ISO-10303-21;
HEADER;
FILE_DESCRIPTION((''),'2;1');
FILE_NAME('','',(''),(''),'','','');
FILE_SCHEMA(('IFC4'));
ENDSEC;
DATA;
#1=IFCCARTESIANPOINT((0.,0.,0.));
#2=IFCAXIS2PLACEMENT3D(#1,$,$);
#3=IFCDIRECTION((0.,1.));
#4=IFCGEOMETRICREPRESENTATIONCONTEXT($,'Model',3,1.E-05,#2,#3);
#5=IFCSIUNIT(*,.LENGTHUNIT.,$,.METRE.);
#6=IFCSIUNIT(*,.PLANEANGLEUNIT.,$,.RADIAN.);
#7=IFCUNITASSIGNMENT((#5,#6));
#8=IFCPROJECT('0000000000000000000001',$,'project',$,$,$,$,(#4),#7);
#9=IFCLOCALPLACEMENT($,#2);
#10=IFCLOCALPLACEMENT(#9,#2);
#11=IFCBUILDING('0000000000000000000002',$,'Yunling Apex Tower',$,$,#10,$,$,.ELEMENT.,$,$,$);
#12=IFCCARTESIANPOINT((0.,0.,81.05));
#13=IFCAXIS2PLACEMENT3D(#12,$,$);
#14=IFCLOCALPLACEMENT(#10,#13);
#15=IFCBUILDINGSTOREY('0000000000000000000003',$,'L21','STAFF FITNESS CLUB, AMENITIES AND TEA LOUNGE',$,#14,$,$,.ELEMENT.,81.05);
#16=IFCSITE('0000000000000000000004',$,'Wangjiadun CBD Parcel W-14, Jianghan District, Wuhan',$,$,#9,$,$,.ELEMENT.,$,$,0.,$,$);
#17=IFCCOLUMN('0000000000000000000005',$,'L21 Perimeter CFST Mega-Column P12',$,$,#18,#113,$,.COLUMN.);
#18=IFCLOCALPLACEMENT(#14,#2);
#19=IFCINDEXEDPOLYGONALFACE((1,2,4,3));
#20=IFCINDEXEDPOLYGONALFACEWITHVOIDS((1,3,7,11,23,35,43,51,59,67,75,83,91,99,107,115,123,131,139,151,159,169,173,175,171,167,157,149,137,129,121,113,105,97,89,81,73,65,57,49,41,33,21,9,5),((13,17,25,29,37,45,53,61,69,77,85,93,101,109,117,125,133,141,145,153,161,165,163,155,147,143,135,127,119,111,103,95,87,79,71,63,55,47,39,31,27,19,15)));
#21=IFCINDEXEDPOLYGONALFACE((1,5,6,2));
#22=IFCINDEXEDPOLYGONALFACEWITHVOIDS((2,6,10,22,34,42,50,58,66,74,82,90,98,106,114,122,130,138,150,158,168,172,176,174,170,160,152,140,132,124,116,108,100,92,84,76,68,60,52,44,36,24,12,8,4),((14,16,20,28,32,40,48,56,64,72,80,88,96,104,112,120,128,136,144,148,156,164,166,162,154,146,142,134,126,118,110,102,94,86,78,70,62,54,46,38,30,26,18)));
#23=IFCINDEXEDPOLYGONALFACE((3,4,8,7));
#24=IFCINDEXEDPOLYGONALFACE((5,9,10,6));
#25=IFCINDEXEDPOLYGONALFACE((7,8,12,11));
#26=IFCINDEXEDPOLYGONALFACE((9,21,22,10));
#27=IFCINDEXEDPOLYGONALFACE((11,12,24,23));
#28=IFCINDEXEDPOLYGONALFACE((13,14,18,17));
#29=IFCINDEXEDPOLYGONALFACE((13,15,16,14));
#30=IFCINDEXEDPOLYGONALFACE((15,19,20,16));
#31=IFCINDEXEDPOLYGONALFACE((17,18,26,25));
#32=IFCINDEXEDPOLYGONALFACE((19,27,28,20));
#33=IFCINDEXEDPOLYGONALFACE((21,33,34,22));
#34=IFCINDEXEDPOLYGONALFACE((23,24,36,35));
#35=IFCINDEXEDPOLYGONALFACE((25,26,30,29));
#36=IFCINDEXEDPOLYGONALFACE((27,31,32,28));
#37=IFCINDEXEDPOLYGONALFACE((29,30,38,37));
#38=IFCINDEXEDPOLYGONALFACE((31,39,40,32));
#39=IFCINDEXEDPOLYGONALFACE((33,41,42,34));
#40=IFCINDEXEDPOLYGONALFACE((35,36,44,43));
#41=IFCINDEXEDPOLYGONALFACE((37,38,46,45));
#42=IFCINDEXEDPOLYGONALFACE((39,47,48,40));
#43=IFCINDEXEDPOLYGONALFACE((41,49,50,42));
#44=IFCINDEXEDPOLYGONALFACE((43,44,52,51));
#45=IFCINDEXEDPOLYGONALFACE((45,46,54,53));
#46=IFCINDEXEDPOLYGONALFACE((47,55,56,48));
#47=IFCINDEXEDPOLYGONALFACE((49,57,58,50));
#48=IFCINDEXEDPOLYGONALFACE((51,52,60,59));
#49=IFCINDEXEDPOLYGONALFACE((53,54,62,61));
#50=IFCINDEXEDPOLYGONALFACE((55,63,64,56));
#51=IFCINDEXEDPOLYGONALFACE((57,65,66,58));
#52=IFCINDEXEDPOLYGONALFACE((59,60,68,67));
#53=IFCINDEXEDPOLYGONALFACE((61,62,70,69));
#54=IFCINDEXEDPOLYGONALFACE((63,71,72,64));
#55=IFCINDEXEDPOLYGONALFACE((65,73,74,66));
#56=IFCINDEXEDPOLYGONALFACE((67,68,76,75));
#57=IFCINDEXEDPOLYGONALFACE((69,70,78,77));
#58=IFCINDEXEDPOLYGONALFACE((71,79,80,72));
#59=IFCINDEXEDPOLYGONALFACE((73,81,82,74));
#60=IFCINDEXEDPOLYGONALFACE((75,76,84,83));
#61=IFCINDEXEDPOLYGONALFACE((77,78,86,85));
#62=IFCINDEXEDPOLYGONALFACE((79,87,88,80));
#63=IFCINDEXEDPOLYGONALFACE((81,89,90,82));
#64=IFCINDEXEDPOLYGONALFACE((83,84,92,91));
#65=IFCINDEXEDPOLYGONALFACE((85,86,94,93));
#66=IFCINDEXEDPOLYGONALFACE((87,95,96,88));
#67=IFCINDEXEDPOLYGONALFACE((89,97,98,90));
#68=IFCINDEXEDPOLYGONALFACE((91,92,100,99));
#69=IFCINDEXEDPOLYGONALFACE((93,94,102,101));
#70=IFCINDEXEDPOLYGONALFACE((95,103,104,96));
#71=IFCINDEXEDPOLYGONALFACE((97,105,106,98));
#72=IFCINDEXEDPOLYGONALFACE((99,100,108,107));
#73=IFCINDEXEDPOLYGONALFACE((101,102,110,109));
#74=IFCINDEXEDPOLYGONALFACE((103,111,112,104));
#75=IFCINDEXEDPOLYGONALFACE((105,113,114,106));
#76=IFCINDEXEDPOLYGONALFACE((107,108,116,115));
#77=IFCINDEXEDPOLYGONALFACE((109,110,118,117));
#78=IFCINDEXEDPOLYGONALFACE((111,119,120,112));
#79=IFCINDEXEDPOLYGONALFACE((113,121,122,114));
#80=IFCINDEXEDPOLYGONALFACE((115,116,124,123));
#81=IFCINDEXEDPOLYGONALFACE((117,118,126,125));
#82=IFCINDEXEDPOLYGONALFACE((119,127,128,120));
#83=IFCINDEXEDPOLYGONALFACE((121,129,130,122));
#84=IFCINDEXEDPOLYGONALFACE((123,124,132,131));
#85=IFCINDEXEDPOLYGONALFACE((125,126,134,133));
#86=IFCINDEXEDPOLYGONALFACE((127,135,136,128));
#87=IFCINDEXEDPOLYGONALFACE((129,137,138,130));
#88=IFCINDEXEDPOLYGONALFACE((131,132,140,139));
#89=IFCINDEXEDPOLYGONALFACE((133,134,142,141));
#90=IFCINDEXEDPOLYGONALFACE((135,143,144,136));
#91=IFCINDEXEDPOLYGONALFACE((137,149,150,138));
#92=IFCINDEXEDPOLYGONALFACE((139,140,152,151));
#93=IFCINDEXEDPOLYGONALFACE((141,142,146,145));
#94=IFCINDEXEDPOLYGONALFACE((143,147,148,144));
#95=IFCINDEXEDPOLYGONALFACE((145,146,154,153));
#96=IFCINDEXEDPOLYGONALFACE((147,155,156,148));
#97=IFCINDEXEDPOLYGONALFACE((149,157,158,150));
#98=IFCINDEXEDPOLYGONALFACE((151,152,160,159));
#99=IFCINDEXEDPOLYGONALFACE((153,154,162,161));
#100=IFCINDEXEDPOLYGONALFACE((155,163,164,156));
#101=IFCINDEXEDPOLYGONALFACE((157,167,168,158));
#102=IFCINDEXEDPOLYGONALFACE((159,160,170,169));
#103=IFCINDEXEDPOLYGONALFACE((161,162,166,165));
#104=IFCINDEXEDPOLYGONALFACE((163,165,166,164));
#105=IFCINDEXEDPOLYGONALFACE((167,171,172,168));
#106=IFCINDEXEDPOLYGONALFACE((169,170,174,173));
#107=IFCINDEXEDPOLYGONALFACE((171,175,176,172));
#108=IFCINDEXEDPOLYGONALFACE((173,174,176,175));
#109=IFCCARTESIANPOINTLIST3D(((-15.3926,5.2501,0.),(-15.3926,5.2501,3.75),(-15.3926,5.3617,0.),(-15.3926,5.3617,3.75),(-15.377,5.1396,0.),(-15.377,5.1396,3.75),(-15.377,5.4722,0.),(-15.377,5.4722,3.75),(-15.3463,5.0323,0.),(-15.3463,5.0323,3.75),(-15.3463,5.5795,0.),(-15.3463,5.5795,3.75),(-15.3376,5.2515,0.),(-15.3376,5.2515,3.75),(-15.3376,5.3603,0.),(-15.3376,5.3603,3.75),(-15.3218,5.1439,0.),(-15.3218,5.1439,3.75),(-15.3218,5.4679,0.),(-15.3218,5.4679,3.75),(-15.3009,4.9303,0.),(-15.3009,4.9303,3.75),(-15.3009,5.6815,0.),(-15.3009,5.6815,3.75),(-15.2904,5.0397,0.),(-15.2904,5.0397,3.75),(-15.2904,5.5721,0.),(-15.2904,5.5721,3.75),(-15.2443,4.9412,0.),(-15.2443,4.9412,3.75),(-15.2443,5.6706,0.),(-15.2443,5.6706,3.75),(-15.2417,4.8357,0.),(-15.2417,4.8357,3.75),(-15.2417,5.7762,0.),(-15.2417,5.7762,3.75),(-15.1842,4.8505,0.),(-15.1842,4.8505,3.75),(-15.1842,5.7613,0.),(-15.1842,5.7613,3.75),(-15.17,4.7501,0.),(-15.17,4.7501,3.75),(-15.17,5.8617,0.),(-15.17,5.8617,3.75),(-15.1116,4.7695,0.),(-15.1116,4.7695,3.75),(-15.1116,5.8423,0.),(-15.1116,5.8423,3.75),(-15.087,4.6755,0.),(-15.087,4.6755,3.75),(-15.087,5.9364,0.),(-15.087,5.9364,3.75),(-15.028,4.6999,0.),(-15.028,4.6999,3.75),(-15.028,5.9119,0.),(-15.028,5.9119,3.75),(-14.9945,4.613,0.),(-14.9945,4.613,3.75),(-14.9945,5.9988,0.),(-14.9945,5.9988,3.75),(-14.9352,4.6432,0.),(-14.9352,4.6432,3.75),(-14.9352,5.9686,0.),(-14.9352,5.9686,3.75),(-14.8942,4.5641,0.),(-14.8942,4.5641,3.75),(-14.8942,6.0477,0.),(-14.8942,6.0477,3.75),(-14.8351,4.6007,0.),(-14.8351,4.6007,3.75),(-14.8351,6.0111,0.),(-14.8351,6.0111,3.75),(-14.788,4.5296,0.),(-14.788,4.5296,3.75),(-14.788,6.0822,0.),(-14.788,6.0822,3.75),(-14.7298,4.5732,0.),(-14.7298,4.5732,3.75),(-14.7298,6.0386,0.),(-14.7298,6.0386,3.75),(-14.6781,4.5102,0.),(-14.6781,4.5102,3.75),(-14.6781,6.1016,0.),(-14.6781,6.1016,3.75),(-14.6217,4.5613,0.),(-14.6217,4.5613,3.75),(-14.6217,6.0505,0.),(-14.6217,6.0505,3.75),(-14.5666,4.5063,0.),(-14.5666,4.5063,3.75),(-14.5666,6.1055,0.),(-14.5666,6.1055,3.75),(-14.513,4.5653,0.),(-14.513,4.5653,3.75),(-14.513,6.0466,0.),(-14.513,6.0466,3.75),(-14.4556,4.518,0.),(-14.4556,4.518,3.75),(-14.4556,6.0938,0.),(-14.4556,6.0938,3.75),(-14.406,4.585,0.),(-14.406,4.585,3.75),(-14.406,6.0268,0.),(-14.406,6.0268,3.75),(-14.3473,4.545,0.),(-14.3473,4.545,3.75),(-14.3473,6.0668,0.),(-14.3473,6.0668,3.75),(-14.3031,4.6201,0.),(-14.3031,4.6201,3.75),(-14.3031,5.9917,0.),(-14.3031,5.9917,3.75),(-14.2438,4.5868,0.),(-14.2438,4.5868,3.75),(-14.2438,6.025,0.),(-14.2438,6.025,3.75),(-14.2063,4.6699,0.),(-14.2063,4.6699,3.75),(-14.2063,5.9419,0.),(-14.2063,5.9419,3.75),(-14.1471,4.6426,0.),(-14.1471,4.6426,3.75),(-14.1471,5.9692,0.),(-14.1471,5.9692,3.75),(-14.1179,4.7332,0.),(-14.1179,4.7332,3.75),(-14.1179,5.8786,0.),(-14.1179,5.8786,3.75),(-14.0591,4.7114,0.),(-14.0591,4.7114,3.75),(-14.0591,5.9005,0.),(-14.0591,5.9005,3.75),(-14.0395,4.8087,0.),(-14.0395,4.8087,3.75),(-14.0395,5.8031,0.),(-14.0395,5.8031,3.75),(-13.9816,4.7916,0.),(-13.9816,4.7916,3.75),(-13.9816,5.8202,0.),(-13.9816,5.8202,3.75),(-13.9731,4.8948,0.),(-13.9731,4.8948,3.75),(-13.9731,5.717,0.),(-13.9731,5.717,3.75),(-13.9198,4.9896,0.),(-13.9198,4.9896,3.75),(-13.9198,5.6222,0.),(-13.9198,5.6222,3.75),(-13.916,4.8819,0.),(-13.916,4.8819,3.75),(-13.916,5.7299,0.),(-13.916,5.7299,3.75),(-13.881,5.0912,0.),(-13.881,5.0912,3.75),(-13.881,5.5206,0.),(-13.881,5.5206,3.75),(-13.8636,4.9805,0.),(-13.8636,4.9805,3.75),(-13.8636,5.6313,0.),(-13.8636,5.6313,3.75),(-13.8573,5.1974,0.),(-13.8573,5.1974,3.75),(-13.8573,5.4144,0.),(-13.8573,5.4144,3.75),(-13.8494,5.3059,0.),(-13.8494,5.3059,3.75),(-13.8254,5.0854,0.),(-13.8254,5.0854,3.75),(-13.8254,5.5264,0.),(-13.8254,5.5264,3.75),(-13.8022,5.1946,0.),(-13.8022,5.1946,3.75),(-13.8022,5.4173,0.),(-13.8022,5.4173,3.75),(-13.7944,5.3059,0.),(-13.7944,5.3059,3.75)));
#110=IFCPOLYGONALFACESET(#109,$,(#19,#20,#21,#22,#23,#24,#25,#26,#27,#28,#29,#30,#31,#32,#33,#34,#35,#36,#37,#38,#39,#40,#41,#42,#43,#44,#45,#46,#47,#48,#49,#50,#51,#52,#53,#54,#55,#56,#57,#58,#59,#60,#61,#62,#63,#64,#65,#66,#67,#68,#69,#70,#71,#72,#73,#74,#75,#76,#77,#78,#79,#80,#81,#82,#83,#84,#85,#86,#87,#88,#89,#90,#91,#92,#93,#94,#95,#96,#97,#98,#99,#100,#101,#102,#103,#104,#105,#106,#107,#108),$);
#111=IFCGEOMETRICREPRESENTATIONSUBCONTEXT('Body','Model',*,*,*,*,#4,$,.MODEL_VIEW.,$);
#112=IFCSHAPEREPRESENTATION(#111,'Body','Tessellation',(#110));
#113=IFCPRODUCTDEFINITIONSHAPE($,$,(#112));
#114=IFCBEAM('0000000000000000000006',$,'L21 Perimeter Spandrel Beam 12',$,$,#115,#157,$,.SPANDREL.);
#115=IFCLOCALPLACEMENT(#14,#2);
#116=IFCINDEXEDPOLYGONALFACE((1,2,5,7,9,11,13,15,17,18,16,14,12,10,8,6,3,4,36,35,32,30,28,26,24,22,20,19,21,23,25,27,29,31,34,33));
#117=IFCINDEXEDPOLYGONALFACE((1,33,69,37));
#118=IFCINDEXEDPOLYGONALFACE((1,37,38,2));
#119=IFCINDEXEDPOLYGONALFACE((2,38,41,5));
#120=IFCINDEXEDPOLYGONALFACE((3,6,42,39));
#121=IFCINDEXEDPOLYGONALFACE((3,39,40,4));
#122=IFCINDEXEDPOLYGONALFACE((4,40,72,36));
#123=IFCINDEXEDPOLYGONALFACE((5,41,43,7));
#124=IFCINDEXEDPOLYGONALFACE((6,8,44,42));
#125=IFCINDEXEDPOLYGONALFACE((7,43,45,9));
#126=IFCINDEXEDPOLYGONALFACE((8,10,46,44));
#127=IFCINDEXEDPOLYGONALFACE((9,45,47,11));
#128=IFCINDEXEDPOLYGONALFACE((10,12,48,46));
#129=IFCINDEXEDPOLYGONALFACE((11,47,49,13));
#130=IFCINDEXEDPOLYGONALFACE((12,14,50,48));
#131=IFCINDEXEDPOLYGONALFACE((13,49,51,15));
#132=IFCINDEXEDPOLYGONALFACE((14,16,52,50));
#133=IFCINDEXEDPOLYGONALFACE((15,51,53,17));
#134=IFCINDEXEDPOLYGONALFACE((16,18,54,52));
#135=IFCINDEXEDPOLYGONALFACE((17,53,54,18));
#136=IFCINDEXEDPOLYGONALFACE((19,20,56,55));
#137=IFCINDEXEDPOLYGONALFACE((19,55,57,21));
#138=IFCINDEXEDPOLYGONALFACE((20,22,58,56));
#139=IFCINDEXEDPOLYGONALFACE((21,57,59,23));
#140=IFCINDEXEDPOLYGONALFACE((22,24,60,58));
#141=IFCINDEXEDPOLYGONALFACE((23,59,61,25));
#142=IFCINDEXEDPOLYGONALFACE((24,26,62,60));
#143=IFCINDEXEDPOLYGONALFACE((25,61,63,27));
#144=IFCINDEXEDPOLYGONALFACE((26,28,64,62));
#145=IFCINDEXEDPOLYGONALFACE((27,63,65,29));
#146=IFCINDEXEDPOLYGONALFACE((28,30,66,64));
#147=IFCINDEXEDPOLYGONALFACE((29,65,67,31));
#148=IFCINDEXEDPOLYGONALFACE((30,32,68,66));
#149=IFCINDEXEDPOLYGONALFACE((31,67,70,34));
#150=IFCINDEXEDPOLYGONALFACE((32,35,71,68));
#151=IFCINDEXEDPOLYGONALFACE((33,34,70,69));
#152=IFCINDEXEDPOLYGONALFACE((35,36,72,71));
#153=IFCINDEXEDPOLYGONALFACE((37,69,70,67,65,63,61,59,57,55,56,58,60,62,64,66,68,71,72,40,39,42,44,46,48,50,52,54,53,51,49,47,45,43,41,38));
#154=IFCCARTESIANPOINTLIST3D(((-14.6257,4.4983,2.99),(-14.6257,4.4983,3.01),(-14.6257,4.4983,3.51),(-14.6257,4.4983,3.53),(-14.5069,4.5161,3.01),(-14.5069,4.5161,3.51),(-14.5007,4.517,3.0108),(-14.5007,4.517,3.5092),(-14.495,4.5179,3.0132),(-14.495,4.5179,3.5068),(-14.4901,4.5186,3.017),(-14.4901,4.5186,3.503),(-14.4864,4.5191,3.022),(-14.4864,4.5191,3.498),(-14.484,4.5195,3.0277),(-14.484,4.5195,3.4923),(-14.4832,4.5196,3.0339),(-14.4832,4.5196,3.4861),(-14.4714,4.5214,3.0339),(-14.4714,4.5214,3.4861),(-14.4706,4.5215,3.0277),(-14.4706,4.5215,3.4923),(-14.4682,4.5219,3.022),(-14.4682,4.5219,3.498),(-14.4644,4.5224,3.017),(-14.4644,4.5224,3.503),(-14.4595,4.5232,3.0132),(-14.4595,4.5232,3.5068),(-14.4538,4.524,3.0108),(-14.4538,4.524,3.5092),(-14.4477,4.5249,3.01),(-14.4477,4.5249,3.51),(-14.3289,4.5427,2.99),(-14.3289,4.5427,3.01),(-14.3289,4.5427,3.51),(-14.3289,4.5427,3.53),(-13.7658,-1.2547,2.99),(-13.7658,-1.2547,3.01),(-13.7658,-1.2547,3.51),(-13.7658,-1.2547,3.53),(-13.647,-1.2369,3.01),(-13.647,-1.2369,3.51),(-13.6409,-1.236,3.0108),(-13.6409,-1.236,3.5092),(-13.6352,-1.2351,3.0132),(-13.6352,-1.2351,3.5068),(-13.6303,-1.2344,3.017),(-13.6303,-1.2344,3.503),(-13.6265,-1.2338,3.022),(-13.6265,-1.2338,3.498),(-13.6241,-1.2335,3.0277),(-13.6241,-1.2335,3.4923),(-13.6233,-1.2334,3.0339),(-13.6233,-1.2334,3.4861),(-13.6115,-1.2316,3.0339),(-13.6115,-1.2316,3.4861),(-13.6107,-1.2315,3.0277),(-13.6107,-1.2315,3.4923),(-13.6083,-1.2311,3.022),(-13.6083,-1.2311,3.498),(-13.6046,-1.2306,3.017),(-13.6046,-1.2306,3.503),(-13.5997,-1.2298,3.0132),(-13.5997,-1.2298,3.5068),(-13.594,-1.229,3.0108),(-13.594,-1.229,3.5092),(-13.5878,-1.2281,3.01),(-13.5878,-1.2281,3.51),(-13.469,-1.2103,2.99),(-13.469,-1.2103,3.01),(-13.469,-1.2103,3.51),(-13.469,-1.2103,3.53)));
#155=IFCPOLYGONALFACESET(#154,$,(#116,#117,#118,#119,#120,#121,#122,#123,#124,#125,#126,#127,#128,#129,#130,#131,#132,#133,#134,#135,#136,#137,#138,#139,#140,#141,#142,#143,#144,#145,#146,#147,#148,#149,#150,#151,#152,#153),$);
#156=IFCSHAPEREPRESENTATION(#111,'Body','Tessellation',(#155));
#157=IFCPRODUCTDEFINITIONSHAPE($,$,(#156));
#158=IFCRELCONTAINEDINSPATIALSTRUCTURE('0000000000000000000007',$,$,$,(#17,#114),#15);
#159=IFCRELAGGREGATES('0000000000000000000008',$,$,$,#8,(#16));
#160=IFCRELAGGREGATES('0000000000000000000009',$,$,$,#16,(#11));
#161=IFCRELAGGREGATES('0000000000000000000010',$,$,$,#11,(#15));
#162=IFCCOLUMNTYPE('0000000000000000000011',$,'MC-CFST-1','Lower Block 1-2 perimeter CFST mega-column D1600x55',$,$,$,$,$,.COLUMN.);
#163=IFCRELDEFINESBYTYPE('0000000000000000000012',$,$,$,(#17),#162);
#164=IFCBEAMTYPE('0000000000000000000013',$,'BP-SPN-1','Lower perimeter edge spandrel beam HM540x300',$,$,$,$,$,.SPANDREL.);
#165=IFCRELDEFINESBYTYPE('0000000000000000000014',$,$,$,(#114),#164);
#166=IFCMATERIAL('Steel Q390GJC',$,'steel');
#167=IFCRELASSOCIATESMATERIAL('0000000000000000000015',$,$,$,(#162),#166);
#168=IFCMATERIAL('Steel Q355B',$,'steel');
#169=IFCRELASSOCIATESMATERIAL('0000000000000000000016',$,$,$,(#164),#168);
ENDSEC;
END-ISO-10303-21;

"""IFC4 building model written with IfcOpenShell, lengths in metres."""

from ifc_helpers import new_model, si_unit, direction, frame, origin, origin_2d, place, context, subcontext, project, spatial, hollow_circle, i_section, extrude, source, transform, mapped, material, material_profile, profile_set, type_object, element, save


model = new_model("IFC4")

# Units and contexts
model_context = context("Model", 3, precision=1e-05, world=origin(), true_north=direction((0.0, 1.0)))
body_context = subcontext(model_context, "Body", "Model", "MODEL_VIEW")
ifc_project = project(units=[si_unit("LENGTHUNIT", "METRE"), si_unit("PLANEANGLEUNIT", "RADIAN")], contexts=[model_context])

# Site, building, storey
site_placement = place(None, origin())
site = spatial("IfcSite", under=ifc_project, at=site_placement, Name="Wangjiadun CBD Parcel W-14, Jianghan District, Wuhan", CompositionType="ELEMENT", RefElevation=0.0)
building_placement = place(site_placement, origin())
building = spatial("IfcBuilding", under=site, at=building_placement, Name="Yunling Apex Tower", CompositionType="ELEMENT")
storey_placement = place(building_placement, frame((0.0, 0.0, 81.05)))
storey = spatial("IfcBuildingStorey", under=building, at=storey_placement, Name="L21", Description="STAFF FITNESS CLUB, AMENITIES AND TEA LOUNGE", CompositionType="ELEMENT", Elevation=81.05)

# Column
ifc_material_1 = material(Name="Steel Q390GJC", Category="steel")
ifc_material_profile_1 = material_profile(ifc_material_1, hollow_circle(Radius=0.8, WallThickness=0.0549, at=origin_2d()))
ifc_profile_set_1 = profile_set([ifc_material_profile_1], Name="Steel Q390GJC")
column_type = type_object("IfcColumnType", Name="MC-CFST-1", Description="Lower Block 1-2 perimeter CFST mega-column D1600x55", PredefinedType="COLUMN", material=ifc_profile_set_1)
shared_shape_1 = source(origin(), body_context, "Body", "SweptSolid", [
    extrude(hollow_circle(Radius=0.8, WallThickness=0.0549, at=origin_2d()), origin(), (0.0, 0.0, 1.0), 3.75),
])
column_placement = place(storey_placement, frame((-14.5945, 5.3059, 0.0), z_axis=(0.0, 0.0, 1.0), x_axis=(1.0, 0.0, 0.0)))
element("IfcColumn", 1, at=column_placement, inside=storey, type_object=column_type, Name="L21 Perimeter CFST Mega-Column P12", PredefinedType="COLUMN", context=body_context, shape_type="MappedRepresentation", body=[
    mapped(shared_shape_1, transform((0.0, 0.0, 0.0), scale=1.0)),
])

# Beam
ifc_material_2 = material(Name="Steel Q355B", Category="steel")
ifc_material_profile_2 = material_profile(ifc_material_2, i_section(OverallWidth=0.3, OverallDepth=0.54, WebThickness=0.012, FlangeThickness=0.02, FilletRadius=0.0239, at=origin_2d()))
ifc_profile_set_2 = profile_set([ifc_material_profile_2], Name="Steel Q355B")
beam_type_1 = type_object("IfcBeamType", Name="BP-SPN-1", Description="Lower perimeter edge spandrel beam HM540x300", PredefinedType="SPANDREL", material=ifc_profile_set_2)
shared_shape_2 = source(origin(), body_context, "Body", "SweptSolid", [
    extrude(i_section(OverallWidth=0.3, OverallDepth=0.54, WebThickness=0.012, FlangeThickness=0.02, FilletRadius=0.0239, at=origin_2d()), origin(), (0.0, 0.0, 1.0), 5.8169),
])
beam_1_placement = place(storey_placement, frame((-14.4773, 4.5205, 3.26), z_axis=(0.147823, -0.989014, 0.0), x_axis=(0.989014, 0.147823, 0.0)))
element("IfcBeam", 2, at=beam_1_placement, inside=storey, type_object=beam_type_1, Name="L21 Perimeter Spandrel Beam 12", PredefinedType="SPANDREL", context=body_context, shape_type="MappedRepresentation", body=[
    mapped(shared_shape_2, transform((0.0, 0.0, 0.0), scale=1.0)),
])

save(model, "model.ifc")
